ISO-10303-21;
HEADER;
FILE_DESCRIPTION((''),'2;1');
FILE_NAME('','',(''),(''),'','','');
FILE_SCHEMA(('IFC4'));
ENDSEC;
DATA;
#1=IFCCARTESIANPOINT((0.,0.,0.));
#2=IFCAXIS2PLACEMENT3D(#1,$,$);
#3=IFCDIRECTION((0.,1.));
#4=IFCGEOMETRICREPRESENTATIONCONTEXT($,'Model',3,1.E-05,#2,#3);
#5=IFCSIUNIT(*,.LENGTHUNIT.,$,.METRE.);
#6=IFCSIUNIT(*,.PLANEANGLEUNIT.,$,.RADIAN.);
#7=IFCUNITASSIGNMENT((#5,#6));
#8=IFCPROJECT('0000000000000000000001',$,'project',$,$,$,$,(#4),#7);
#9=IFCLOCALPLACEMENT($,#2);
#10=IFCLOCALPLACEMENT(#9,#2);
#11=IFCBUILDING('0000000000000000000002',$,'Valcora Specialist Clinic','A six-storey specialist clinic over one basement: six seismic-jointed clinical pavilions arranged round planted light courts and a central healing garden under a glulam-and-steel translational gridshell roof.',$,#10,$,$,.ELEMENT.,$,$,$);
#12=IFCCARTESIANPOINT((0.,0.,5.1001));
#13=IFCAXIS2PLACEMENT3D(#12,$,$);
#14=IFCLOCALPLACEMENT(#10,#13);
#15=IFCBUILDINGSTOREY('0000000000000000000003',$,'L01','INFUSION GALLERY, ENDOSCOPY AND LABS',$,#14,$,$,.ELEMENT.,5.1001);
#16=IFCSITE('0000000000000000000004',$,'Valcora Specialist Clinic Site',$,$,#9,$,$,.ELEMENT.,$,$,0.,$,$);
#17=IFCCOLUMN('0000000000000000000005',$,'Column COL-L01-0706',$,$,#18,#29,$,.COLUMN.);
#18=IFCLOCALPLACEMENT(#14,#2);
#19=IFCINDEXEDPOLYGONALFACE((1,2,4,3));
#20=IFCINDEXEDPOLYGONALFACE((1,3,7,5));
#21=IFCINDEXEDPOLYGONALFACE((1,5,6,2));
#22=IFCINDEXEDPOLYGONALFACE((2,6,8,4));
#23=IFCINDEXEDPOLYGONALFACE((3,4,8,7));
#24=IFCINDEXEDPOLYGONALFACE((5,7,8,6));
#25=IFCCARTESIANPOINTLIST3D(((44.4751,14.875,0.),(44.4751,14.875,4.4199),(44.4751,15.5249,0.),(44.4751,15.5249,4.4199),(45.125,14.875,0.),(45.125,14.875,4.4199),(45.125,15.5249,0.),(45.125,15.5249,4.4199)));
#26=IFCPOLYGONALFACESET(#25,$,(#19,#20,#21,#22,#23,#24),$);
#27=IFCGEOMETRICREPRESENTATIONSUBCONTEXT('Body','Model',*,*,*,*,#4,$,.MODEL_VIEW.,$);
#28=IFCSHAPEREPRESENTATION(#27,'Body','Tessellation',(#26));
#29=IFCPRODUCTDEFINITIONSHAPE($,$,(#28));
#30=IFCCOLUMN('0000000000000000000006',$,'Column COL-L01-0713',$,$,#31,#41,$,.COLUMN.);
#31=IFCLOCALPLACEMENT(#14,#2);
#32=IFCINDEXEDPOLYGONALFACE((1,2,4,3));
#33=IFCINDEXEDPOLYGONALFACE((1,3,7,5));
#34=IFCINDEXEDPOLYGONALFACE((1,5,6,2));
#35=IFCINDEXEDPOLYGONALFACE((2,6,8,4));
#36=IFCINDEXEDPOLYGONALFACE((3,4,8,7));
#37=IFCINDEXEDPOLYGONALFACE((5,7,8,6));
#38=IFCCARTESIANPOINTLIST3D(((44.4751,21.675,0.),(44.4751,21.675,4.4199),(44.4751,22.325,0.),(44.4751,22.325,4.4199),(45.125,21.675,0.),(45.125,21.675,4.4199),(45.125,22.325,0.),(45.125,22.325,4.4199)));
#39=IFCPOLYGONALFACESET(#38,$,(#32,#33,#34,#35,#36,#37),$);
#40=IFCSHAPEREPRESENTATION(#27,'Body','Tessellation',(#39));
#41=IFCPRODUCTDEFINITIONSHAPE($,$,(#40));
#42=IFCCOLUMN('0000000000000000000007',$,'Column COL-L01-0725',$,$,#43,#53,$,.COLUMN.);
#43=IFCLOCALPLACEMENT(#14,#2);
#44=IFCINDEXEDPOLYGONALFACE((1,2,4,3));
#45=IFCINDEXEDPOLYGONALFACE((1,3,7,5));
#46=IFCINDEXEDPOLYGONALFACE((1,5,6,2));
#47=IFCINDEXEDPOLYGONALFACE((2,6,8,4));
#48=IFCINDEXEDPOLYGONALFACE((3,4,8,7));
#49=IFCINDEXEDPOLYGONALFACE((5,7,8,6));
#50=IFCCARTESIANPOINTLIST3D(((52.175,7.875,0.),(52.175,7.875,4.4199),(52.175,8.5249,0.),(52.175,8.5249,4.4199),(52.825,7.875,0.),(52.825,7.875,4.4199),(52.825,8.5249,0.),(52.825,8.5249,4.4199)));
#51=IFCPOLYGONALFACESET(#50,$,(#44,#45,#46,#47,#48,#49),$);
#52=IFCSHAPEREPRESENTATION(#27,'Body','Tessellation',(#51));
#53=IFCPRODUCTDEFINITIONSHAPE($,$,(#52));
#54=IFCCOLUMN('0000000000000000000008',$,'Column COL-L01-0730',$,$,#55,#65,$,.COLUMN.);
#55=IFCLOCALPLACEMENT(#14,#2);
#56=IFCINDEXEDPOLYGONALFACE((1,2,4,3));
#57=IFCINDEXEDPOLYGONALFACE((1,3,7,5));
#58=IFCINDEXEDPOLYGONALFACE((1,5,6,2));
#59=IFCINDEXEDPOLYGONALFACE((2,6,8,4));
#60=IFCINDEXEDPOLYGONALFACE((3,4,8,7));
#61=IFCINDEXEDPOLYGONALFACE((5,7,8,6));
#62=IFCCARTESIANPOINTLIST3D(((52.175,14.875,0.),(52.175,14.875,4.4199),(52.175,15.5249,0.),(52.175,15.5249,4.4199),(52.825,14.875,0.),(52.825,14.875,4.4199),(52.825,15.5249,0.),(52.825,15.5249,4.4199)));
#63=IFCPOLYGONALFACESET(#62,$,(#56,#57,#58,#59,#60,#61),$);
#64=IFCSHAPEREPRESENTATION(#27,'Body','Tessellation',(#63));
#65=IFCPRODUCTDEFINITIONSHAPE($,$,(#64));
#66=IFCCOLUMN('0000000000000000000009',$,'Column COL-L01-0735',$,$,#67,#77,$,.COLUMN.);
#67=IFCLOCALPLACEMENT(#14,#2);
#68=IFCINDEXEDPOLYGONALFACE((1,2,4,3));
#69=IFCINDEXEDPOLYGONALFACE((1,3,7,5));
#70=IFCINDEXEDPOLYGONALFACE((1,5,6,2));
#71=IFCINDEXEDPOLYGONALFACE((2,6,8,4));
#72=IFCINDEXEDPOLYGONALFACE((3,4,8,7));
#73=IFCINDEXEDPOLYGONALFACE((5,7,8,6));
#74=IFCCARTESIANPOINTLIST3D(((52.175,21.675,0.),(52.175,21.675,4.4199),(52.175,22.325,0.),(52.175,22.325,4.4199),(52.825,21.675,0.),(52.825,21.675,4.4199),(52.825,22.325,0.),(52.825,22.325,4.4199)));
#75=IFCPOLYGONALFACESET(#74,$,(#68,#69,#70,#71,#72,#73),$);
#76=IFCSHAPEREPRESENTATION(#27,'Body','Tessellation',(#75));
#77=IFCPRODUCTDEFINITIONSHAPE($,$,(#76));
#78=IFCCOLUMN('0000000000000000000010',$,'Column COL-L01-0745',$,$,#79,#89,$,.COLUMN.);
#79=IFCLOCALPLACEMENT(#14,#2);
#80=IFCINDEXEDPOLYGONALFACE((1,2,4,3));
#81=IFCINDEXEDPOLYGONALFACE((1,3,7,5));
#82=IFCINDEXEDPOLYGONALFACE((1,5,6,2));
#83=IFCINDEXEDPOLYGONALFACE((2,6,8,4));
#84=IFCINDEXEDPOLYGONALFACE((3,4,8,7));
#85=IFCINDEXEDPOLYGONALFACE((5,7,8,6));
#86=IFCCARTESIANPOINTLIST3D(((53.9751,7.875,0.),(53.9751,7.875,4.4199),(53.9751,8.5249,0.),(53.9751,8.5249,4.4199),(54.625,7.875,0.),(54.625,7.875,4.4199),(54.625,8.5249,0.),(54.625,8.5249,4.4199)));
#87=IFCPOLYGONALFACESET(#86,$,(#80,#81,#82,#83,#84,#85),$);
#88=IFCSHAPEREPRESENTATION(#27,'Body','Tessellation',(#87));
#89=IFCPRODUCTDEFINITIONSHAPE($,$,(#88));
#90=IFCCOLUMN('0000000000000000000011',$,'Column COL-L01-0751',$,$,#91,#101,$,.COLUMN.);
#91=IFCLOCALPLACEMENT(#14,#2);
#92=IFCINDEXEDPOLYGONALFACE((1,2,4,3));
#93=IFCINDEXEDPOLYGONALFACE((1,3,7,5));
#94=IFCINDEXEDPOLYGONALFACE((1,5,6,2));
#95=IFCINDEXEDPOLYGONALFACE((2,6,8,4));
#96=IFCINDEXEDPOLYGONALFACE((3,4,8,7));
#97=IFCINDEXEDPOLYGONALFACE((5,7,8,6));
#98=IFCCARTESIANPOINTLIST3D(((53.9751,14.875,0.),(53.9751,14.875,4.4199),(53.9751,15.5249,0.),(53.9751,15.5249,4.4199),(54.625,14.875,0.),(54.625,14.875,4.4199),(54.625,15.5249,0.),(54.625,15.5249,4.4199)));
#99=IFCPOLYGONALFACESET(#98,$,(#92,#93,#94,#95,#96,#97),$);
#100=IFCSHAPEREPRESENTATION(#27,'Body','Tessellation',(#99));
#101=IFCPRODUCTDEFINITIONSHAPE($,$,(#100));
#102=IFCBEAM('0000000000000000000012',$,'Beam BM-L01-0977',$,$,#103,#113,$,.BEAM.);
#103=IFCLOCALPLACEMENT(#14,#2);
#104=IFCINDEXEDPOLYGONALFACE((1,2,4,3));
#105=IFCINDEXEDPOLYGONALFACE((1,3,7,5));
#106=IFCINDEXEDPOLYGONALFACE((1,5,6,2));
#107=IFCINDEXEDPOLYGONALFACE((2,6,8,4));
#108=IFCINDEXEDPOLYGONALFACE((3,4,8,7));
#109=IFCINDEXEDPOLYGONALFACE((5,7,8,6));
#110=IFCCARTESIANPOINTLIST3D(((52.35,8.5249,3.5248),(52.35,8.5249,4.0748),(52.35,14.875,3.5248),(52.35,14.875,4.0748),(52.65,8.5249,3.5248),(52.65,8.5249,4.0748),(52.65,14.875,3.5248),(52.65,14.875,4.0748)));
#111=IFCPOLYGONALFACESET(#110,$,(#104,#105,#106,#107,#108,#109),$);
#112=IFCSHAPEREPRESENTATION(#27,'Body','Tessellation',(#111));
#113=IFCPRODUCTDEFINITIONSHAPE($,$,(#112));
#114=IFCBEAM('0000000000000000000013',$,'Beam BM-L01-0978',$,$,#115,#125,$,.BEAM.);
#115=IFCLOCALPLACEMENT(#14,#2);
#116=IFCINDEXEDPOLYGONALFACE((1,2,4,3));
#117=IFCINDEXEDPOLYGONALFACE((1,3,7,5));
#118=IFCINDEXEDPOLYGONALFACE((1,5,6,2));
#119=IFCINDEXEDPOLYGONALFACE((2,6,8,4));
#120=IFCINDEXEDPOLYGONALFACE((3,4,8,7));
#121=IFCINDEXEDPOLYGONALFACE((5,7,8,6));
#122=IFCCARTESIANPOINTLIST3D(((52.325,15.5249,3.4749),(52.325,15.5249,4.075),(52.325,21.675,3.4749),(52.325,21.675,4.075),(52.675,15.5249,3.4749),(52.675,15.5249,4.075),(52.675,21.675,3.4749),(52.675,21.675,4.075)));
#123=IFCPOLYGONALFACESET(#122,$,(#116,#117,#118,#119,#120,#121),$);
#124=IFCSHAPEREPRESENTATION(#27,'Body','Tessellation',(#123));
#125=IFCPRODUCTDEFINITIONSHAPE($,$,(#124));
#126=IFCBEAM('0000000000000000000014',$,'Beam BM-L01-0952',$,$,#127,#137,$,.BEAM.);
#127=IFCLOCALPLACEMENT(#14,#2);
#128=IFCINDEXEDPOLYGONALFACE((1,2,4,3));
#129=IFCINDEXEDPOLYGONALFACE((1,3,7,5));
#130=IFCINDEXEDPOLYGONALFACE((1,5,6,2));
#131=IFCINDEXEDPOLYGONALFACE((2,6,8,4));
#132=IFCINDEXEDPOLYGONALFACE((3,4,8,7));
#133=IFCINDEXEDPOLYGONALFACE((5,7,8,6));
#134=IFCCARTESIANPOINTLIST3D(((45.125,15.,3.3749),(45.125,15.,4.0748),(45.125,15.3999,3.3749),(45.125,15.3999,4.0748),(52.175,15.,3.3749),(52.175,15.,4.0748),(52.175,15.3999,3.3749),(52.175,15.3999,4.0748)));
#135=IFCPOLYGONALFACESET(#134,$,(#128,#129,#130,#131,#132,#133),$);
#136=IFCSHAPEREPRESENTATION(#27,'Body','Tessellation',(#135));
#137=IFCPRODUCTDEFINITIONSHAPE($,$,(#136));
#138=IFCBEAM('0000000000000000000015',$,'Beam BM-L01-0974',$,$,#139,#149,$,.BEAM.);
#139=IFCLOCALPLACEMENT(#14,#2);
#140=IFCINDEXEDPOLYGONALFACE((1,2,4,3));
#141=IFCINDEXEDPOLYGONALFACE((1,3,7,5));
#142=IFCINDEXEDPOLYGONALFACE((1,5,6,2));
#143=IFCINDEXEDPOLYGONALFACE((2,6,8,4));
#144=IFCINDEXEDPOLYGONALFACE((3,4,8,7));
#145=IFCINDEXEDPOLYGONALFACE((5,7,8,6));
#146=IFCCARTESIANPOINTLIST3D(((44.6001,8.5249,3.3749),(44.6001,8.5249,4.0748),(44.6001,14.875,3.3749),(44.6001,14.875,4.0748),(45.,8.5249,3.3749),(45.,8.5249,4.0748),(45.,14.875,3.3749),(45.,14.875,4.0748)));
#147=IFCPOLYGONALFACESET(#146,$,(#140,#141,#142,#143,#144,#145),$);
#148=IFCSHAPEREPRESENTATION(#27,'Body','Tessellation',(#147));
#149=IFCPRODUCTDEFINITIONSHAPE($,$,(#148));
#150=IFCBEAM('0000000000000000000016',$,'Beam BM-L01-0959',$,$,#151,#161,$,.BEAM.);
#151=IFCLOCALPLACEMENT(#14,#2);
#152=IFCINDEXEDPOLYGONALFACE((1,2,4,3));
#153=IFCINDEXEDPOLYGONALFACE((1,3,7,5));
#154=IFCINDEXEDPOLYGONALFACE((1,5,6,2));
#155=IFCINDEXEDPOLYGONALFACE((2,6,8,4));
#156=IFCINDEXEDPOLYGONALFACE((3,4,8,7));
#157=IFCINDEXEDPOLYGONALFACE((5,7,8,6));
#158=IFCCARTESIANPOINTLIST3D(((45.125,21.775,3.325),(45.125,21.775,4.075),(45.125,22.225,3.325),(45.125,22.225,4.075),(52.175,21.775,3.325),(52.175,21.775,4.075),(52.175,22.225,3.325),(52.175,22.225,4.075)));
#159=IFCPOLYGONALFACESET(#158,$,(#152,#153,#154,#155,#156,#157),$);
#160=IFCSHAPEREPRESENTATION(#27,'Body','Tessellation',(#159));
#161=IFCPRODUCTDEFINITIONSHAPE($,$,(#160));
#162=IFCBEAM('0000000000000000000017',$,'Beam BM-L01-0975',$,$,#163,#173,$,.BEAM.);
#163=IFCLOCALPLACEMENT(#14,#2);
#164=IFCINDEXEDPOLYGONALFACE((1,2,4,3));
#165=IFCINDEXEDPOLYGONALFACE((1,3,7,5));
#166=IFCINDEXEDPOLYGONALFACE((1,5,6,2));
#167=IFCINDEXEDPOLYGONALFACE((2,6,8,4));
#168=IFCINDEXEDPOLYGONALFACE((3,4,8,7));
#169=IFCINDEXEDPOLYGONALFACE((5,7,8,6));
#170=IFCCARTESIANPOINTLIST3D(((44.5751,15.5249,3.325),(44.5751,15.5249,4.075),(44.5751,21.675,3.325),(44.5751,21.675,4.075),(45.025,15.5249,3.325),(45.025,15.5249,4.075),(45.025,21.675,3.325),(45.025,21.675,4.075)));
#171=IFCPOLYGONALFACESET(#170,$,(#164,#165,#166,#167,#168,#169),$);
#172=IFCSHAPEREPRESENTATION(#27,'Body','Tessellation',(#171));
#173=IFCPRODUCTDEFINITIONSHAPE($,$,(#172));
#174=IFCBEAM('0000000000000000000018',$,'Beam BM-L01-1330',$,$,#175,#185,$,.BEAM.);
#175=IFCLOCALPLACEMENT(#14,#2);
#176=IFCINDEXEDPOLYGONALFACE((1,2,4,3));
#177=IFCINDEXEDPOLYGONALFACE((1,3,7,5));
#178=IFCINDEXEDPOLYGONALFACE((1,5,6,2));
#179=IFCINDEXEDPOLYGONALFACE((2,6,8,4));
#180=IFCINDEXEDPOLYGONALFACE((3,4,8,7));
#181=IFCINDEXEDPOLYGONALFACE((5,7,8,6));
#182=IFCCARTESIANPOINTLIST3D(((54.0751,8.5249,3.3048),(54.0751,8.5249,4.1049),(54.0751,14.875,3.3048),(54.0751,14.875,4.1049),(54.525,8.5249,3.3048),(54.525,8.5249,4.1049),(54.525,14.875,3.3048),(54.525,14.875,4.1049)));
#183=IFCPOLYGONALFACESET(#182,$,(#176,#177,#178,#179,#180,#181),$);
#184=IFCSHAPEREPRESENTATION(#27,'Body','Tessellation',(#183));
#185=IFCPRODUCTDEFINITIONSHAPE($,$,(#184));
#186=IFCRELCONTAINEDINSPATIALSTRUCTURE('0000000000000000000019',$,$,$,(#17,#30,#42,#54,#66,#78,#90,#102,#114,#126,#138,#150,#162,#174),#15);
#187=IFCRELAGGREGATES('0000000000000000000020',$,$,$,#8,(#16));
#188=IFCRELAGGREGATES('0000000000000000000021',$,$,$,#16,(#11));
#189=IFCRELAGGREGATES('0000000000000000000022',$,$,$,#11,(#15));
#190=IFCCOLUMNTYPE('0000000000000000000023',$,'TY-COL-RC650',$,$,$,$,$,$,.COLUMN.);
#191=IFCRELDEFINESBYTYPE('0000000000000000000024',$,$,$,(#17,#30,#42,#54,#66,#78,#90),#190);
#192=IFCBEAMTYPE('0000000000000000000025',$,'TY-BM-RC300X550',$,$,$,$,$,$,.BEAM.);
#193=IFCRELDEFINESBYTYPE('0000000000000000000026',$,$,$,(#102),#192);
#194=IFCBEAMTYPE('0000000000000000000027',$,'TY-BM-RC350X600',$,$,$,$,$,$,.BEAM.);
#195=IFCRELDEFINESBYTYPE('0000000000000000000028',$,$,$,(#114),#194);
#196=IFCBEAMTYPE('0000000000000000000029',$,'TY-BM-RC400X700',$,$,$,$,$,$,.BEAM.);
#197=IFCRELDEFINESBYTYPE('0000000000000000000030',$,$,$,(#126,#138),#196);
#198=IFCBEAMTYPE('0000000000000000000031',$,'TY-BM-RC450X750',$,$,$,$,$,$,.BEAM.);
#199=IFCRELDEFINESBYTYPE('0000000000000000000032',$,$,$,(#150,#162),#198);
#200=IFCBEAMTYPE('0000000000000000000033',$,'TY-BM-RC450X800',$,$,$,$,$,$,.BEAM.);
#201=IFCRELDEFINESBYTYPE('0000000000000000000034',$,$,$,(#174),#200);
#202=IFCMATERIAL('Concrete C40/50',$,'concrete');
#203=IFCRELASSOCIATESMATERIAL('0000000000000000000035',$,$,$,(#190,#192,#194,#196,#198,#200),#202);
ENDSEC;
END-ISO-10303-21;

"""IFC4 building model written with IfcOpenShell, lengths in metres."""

from ifc_helpers import new_model, si_unit, direction, frame, origin, origin_2d, place, context, subcontext, project, spatial, rectangle, extrude, material, material_profile, profile_set, type_object, element, save


model = new_model("IFC4")

# Units and contexts
model_context = context("Model", 3, precision=1e-05, world=origin(), true_north=direction((0.0, 1.0)))
body_context = subcontext(model_context, "Body", "Model", "MODEL_VIEW")
ifc_project = project(units=[si_unit("LENGTHUNIT", "METRE"), si_unit("PLANEANGLEUNIT", "RADIAN")], contexts=[model_context])

# Site, building, storey
site_placement = place(None, origin())
site = spatial("IfcSite", under=ifc_project, at=site_placement, Name="Valcora Specialist Clinic Site", CompositionType="ELEMENT", RefElevation=0.0)
building_placement = place(site_placement, origin())
building = spatial("IfcBuilding", under=site, at=building_placement, Name="Valcora Specialist Clinic", Description="A six-storey specialist clinic over one basement: six seismic-jointed clinical pavilions arranged round planted light courts and a central healing garden under a glulam-and-steel translational gridshell roof.", CompositionType="ELEMENT")
storey_placement = place(building_placement, frame((0.0, 0.0, 5.1001)))
storey = spatial("IfcBuildingStorey", under=building, at=storey_placement, Name="L01", Description="INFUSION GALLERY, ENDOSCOPY AND LABS", CompositionType="ELEMENT", Elevation=5.1001)

# Columns
ifc_material_1 = material(Name="Concrete C40/50", Category="concrete")
ifc_material_profile_1 = material_profile(ifc_material_1, rectangle(XDim=0.6499, YDim=0.6499, at=origin_2d()), Name="RC-COL-650X650")
ifc_profile_set_1 = profile_set([ifc_material_profile_1], Name="Concrete C40/50")
column_type = type_object("IfcColumnType", Name="TY-COL-RC650", PredefinedType="COLUMN", material=ifc_profile_set_1)
for number, where, z_axis, x_axis, name in (
    (1, (44.8, 15.2, 0.0), (0.0, 0.0, 1.0), (1.0, 0.0, 0.0), "Column COL-L01-0706"),
    (2, (44.8, 22.0, 0.0), (0.0, 0.0, 1.0), (1.0, 0.0, 0.0), "Column COL-L01-0713"),
    (3, (52.5, 8.2, 0.0), (0.0, 0.0, 1.0), (1.0, 0.0, 0.0), "Column COL-L01-0725"),
    (4, (52.5, 15.2, 0.0), (0.0, 0.0, 1.0), (1.0, 0.0, 0.0), "Column COL-L01-0730"),
    (5, (52.5, 22.0, 0.0), (0.0, 0.0, 1.0), (1.0, 0.0, 0.0), "Column COL-L01-0735"),
    (6, (54.3, 8.2, 0.0), (0.0, 0.0, 1.0), (1.0, 0.0, 0.0), "Column COL-L01-0745"),
    (7, (54.3, 15.2, 0.0), (0.0, 0.0, 1.0), (1.0, 0.0, 0.0), "Column COL-L01-0751"),
):
    element("IfcColumn", number, at=place(storey_placement, frame(where, z_axis=z_axis, x_axis=x_axis)), inside=storey, type_object=column_type, Name=name, PredefinedType="COLUMN", context=body_context, shape_type="SweptSolid", body=[
        extrude(rectangle(XDim=0.6499, YDim=0.6499, at=origin_2d()), origin(), (0.0, 0.0, 1.0), 4.4199),
    ])

# Beams
ifc_material_profile_2 = material_profile(ifc_material_1, rectangle(XDim=0.3, YDim=0.55, at=origin_2d()), Name="RC-BM-300X550")
ifc_profile_set_2 = profile_set([ifc_material_profile_2], Name="Concrete C40/50")
beam_type_1 = type_object("IfcBeamType", Name="TY-BM-RC300X550", PredefinedType="BEAM", material=ifc_profile_set_2)
beam_1_placement = place(storey_placement, frame((52.5, 8.5249, 3.7998), z_axis=(0.0, 1.0, 0.0), x_axis=(-1.0, 0.0, 0.0)))
element("IfcBeam", 8, at=beam_1_placement, inside=storey, type_object=beam_type_1, Name="Beam BM-L01-0977", PredefinedType="BEAM", context=body_context, shape_type="SweptSolid", body=[
    extrude(rectangle(XDim=0.3, YDim=0.55, at=origin_2d()), origin(), (0.0, 0.0, 1.0), 6.3501),
])
ifc_material_profile_3 = material_profile(ifc_material_1, rectangle(XDim=0.3501, YDim=0.6001, at=origin_2d()), Name="RC-BM-350X600")
ifc_profile_set_3 = profile_set([ifc_material_profile_3], Name="Concrete C40/50")
beam_type_2 = type_object("IfcBeamType", Name="TY-BM-RC350X600", PredefinedType="BEAM", material=ifc_profile_set_3)
beam_2_placement = place(storey_placement, frame((52.5, 15.5249, 3.7749), z_axis=(0.0, 1.0, 0.0), x_axis=(-1.0, 0.0, 0.0)))
element("IfcBeam", 9, at=beam_2_placement, inside=storey, type_object=beam_type_2, Name="Beam BM-L01-0978", PredefinedType="BEAM", context=body_context, shape_type="SweptSolid", body=[
    extrude(rectangle(XDim=0.3501, YDim=0.6001, at=origin_2d()), origin(), (0.0, 0.0, 1.0), 6.1501),
])
ifc_material_profile_4 = material_profile(ifc_material_1, rectangle(XDim=0.3999, YDim=0.7, at=origin_2d()), Name="RC-BM-400X700")
ifc_profile_set_4 = profile_set([ifc_material_profile_4], Name="Concrete C40/50")
beam_type_3 = type_object("IfcBeamType", Name="TY-BM-RC400X700", PredefinedType="BEAM", material=ifc_profile_set_4)
beam_3_placement = place(storey_placement, frame((45.125, 15.2, 3.7249), z_axis=(1.0, 0.0, 0.0), x_axis=(0.0, 1.0, 0.0)))
element("IfcBeam", 10, at=beam_3_placement, inside=storey, type_object=beam_type_3, Name="Beam BM-L01-0952", PredefinedType="BEAM", context=body_context, shape_type="SweptSolid", body=[
    extrude(rectangle(XDim=0.3999, YDim=0.7, at=origin_2d()), origin(), (0.0, 0.0, 1.0), 7.05),
])
beam_4_placement = place(storey_placement, frame((44.8, 8.5249, 3.7249), z_axis=(0.0, 1.0, 0.0), x_axis=(-1.0, 0.0, 0.0)))
element("IfcBeam", 11, at=beam_4_placement, inside=storey, type_object=beam_type_3, Name="Beam BM-L01-0974", PredefinedType="BEAM", context=body_context, shape_type="SweptSolid", body=[
    extrude(rectangle(XDim=0.3999, YDim=0.7, at=origin_2d()), origin(), (0.0, 0.0, 1.0), 6.3501),
])
ifc_material_profile_5 = material_profile(ifc_material_1, rectangle(XDim=0.45, YDim=0.75, at=origin_2d()), Name="RC-BM-450X750")
ifc_profile_set_5 = profile_set([ifc_material_profile_5], Name="Concrete C40/50")
beam_type_4 = type_object("IfcBeamType", Name="TY-BM-RC450X750", PredefinedType="BEAM", material=ifc_profile_set_5)
beam_5_placement = place(storey_placement, frame((45.125, 22.0, 3.7), z_axis=(1.0, 0.0, 0.0), x_axis=(0.0, 1.0, 0.0)))
element("IfcBeam", 12, at=beam_5_placement, inside=storey, type_object=beam_type_4, Name="Beam BM-L01-0959", PredefinedType="BEAM", context=body_context, shape_type="SweptSolid", body=[
    extrude(rectangle(XDim=0.45, YDim=0.75, at=origin_2d()), origin(), (0.0, 0.0, 1.0), 7.05),
])
beam_6_placement = place(storey_placement, frame((44.8, 15.5249, 3.7), z_axis=(0.0, 1.0, 0.0), x_axis=(-1.0, 0.0, 0.0)))
element("IfcBeam", 13, at=beam_6_placement, inside=storey, type_object=beam_type_4, Name="Beam BM-L01-0975", PredefinedType="BEAM", context=body_context, shape_type="SweptSolid", body=[
    extrude(rectangle(XDim=0.45, YDim=0.75, at=origin_2d()), origin(), (0.0, 0.0, 1.0), 6.1501),
])
ifc_material_profile_6 = material_profile(ifc_material_1, rectangle(XDim=0.45, YDim=0.8, at=origin_2d()), Name="RC-BM-450X800")
ifc_profile_set_6 = profile_set([ifc_material_profile_6], Name="Concrete C40/50")
beam_type_5 = type_object("IfcBeamType", Name="TY-BM-RC450X800", PredefinedType="BEAM", material=ifc_profile_set_6)
beam_7_placement = place(storey_placement, frame((54.3, 8.5249, 3.7048), z_axis=(0.0, 1.0, 0.0), x_axis=(-1.0, 0.0, 0.0)))
element("IfcBeam", 14, at=beam_7_placement, inside=storey, type_object=beam_type_5, Name="Beam BM-L01-1330", PredefinedType="BEAM", context=body_context, shape_type="SweptSolid", body=[
    extrude(rectangle(XDim=0.45, YDim=0.8, at=origin_2d()), origin(), (0.0, 0.0, 1.0), 6.3501),
])

save(model, "model.ifc")
